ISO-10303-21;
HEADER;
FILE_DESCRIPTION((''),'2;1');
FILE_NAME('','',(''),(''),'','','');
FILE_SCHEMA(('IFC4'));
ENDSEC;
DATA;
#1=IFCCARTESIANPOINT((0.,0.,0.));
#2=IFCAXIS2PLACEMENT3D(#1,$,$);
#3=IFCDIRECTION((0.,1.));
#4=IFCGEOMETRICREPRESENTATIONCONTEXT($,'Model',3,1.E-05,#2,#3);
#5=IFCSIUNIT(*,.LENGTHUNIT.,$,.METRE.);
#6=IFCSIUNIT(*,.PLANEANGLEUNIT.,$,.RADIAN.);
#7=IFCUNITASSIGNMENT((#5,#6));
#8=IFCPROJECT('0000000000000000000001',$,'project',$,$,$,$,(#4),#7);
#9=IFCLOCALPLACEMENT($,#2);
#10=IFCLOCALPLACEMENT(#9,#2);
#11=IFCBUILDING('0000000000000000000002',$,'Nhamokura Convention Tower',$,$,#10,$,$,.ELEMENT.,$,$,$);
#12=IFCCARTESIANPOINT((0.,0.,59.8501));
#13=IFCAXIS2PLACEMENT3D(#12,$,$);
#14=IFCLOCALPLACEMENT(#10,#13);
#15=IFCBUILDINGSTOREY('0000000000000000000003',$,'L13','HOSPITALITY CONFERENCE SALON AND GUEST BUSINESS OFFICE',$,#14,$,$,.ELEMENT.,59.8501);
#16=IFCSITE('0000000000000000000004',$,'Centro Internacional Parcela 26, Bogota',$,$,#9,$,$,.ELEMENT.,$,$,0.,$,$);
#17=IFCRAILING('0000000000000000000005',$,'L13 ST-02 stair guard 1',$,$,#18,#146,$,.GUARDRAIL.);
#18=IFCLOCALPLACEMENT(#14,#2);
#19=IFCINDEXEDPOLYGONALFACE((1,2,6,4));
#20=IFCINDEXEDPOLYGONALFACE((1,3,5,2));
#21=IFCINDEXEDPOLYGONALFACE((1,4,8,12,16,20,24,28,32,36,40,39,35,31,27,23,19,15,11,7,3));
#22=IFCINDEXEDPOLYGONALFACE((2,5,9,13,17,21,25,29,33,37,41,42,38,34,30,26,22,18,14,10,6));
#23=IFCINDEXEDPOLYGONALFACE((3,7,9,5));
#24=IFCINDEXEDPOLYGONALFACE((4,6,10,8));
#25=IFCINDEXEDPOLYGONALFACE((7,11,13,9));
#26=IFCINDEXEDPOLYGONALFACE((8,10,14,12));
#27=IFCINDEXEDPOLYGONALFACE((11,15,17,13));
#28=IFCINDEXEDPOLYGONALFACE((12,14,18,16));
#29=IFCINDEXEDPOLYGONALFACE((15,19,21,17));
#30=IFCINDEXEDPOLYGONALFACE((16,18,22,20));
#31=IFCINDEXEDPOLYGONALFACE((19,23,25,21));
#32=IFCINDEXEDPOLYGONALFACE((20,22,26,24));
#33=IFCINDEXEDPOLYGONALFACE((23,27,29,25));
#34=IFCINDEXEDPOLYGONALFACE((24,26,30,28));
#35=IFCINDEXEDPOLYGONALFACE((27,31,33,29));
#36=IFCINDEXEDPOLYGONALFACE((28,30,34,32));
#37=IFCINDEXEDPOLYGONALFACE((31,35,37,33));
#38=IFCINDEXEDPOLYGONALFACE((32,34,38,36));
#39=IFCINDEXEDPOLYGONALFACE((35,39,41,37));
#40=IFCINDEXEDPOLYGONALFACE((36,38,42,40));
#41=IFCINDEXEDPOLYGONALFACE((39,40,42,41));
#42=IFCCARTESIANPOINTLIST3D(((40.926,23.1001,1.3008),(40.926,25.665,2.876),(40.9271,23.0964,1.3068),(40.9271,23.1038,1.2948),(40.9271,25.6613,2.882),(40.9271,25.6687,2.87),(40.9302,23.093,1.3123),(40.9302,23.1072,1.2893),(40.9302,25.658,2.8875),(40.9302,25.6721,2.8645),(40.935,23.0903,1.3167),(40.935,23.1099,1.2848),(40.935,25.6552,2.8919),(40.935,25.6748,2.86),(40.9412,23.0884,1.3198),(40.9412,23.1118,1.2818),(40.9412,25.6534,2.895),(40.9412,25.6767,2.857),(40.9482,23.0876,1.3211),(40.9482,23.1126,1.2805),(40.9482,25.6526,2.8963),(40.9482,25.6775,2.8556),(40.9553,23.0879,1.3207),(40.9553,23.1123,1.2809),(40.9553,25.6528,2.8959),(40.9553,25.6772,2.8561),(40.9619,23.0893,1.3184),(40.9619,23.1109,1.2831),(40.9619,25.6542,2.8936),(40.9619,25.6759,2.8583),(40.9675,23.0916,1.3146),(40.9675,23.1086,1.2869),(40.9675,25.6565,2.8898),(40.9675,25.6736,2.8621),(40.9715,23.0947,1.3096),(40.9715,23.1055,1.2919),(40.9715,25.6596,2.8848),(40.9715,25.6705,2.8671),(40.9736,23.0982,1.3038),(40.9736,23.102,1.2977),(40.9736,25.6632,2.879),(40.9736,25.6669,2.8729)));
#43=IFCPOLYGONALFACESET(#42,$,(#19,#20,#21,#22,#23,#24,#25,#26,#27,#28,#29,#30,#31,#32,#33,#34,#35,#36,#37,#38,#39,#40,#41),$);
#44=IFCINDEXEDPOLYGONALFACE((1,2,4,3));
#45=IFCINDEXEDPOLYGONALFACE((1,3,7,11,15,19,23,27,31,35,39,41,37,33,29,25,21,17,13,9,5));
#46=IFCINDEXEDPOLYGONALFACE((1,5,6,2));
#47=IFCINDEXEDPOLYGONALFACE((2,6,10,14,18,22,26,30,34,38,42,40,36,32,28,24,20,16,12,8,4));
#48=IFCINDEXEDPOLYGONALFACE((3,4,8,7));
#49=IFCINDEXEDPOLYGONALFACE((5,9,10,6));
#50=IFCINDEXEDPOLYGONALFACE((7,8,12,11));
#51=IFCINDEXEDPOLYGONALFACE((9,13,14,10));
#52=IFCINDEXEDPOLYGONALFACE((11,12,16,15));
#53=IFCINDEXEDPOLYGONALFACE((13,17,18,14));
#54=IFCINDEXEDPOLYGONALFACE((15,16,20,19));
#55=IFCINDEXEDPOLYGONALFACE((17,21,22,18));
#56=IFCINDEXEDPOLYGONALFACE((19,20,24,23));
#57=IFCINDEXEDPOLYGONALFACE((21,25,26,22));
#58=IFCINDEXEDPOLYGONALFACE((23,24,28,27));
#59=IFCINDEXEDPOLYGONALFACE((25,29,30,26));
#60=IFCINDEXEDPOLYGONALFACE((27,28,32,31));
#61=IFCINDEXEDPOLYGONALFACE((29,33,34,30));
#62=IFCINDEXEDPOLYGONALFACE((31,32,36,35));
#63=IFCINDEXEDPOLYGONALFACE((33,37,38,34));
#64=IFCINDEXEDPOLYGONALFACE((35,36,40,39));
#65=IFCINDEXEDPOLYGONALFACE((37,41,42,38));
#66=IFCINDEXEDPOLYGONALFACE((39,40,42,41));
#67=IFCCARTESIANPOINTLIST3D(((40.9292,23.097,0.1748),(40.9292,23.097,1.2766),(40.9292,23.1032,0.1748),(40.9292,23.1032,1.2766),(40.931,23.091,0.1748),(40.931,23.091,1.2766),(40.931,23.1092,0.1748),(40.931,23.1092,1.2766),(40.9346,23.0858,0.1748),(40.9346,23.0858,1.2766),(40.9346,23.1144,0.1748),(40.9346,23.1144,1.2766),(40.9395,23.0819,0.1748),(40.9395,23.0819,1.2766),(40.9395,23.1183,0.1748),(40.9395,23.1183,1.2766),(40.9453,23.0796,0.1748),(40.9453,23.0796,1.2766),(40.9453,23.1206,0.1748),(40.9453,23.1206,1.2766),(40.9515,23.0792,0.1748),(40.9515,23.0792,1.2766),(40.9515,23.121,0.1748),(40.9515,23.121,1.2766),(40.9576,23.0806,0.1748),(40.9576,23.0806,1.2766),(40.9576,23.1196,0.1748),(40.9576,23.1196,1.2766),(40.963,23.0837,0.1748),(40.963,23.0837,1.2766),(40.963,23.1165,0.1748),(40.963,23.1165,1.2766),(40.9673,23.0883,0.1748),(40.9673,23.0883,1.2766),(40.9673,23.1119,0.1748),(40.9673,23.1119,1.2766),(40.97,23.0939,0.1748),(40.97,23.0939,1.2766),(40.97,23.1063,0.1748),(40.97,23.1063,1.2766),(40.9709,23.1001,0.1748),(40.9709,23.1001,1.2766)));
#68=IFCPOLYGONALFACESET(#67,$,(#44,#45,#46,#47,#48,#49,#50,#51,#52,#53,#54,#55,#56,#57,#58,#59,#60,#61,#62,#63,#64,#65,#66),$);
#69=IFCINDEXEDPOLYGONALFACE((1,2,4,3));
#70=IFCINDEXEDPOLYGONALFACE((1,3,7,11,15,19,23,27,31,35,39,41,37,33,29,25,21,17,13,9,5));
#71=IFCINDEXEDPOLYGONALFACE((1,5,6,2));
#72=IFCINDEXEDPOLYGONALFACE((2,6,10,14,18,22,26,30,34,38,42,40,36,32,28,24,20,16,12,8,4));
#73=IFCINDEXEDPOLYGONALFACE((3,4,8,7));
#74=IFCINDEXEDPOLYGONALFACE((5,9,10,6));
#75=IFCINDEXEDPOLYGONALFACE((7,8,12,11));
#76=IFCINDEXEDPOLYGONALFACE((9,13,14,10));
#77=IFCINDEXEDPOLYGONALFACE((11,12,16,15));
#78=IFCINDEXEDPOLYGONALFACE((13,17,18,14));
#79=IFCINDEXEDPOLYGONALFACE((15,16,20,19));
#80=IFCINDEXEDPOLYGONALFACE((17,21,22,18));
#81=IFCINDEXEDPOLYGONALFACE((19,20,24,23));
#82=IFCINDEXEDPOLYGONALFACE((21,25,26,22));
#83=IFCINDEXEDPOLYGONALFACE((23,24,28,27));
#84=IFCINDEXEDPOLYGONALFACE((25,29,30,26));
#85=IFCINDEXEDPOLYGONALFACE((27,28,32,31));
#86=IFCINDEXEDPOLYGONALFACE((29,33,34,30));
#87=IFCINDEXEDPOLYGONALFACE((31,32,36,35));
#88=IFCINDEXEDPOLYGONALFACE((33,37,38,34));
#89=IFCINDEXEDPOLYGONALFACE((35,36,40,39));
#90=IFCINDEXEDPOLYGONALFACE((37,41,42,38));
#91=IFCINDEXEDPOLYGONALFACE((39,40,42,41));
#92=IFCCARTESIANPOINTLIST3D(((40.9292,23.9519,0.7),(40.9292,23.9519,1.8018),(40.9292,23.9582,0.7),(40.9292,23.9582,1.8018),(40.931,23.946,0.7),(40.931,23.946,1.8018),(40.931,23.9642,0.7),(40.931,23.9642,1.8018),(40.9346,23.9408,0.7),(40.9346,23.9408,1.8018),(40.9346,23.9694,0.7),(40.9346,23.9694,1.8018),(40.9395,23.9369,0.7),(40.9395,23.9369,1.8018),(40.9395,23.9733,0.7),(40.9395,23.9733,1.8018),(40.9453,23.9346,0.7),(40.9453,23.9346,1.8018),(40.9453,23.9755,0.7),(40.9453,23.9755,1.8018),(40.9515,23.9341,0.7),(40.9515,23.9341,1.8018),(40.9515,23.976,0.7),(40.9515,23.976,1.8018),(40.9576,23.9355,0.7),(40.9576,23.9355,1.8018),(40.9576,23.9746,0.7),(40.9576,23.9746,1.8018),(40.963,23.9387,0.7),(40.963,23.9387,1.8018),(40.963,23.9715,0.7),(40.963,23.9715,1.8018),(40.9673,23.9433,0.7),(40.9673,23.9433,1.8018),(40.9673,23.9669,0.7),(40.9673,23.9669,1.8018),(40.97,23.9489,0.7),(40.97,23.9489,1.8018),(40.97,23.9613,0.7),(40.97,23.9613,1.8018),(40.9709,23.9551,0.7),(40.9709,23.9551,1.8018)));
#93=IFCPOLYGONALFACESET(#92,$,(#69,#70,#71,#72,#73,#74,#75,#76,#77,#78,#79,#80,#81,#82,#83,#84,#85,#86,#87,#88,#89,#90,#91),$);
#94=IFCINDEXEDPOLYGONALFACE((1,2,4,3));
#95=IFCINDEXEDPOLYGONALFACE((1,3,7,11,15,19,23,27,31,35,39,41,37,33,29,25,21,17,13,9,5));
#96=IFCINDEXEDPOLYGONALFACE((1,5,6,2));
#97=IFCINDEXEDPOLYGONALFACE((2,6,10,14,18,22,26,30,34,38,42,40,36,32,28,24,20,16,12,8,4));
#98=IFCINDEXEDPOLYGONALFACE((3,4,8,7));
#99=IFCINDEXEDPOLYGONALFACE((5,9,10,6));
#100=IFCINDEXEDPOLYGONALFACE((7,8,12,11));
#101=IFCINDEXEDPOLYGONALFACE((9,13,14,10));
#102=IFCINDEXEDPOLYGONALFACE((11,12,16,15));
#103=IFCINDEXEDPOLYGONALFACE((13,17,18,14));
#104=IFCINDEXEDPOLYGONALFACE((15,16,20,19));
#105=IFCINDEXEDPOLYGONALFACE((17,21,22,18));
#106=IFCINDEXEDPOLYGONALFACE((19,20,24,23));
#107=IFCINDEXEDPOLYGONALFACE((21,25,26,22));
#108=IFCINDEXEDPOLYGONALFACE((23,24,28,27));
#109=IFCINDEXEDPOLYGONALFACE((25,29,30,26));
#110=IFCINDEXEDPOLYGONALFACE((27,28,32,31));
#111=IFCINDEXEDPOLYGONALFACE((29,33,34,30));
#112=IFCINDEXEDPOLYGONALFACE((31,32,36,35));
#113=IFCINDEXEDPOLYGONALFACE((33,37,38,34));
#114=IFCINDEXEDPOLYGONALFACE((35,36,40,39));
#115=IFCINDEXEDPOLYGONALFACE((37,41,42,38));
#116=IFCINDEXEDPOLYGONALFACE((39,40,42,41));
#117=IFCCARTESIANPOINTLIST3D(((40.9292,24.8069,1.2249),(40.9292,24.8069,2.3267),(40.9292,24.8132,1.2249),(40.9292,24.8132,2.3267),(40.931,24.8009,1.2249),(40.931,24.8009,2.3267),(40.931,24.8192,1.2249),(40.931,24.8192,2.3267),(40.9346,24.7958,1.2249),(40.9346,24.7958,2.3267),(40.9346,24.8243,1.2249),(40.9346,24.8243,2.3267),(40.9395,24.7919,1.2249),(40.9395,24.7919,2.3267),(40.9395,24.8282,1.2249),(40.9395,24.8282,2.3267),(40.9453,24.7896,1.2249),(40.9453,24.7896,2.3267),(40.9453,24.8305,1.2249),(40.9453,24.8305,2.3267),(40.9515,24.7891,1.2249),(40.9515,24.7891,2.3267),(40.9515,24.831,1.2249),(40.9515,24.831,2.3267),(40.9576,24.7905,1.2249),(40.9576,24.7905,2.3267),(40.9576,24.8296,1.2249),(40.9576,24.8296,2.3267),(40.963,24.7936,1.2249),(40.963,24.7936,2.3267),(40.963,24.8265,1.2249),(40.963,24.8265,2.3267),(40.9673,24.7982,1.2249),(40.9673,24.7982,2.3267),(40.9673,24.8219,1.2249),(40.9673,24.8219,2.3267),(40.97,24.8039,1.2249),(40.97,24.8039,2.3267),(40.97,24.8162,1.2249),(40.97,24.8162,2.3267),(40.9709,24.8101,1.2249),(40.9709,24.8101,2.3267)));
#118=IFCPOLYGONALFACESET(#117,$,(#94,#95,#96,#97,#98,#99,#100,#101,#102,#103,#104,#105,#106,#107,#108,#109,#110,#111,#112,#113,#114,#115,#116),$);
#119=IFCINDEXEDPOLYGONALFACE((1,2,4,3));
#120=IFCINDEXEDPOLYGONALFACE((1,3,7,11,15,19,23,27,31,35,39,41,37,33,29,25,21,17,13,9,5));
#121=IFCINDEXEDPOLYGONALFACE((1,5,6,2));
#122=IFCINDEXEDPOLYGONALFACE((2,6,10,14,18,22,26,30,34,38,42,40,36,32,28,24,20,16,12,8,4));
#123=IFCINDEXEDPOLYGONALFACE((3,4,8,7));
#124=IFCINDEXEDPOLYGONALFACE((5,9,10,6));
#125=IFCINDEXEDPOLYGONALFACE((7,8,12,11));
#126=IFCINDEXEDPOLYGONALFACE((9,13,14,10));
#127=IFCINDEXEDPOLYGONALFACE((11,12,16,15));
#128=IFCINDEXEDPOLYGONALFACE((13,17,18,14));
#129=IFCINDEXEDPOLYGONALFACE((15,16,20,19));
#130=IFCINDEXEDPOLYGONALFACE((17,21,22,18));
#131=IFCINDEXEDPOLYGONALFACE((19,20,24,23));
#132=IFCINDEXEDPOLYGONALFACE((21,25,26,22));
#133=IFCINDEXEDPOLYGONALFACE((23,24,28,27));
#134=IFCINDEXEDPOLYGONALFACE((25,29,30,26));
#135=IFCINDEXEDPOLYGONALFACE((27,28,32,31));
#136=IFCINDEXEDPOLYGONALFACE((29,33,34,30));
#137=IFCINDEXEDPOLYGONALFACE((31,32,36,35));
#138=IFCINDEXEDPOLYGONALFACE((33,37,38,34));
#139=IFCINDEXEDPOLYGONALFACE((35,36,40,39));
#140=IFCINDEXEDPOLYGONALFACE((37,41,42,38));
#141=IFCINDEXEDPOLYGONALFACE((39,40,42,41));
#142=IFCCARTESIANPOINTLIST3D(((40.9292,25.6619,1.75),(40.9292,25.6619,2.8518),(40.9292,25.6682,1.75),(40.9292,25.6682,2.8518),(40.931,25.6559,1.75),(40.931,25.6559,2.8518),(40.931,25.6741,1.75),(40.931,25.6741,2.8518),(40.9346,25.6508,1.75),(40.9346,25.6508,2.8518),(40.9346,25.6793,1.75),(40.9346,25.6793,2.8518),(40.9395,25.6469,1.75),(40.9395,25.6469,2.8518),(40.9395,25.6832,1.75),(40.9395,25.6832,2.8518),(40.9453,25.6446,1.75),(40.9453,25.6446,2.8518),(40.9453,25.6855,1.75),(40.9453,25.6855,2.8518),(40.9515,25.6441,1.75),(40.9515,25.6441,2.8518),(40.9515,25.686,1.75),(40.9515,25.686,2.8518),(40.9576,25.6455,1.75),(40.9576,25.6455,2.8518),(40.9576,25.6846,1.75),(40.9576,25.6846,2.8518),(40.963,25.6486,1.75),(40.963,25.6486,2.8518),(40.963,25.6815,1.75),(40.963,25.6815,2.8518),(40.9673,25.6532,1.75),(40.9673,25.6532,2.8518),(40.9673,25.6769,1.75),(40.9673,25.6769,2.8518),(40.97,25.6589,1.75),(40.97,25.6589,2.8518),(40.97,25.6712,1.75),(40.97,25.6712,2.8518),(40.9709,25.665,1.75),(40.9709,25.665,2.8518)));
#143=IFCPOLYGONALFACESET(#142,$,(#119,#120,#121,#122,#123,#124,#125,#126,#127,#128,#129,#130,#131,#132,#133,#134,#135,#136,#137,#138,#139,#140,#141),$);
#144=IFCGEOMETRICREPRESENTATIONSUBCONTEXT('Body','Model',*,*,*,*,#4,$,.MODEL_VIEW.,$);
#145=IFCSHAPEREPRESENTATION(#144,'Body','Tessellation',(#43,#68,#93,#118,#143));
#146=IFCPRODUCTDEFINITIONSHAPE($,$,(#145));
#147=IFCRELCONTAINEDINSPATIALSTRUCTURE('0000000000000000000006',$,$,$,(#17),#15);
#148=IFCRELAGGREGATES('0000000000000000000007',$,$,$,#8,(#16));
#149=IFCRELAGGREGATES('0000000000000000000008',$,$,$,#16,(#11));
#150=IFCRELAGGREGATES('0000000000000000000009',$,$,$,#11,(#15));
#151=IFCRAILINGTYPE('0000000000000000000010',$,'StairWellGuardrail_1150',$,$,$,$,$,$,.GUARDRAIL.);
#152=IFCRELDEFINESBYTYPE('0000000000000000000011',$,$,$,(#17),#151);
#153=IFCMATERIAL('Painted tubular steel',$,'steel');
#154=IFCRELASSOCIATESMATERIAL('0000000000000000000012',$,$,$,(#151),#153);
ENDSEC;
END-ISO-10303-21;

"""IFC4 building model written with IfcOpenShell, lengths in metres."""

from ifc_helpers import new_model, si_unit, direction, frame, origin, origin_2d, place, context, subcontext, project, spatial, circle, extrude, material, type_object, element, save


model = new_model("IFC4")

# Units and contexts
model_context = context("Model", 3, precision=1e-05, world=origin(), true_north=direction((0.0, 1.0)))
body_context = subcontext(model_context, "Body", "Model", "MODEL_VIEW")
ifc_project = project(units=[si_unit("LENGTHUNIT", "METRE"), si_unit("PLANEANGLEUNIT", "RADIAN")], contexts=[model_context])

# Site, building, storey
site_placement = place(None, origin())
site = spatial("IfcSite", under=ifc_project, at=site_placement, Name="Centro Internacional Parcela 26, Bogota", CompositionType="ELEMENT", RefElevation=0.0)
building_placement = place(site_placement, origin())
building = spatial("IfcBuilding", under=site, at=building_placement, Name="Nhamokura Convention Tower", CompositionType="ELEMENT")
storey_placement = place(building_placement, frame((0.0, 0.0, 59.8501)))
storey = spatial("IfcBuildingStorey", under=building, at=storey_placement, Name="L13", Description="HOSPITALITY CONFERENCE SALON AND GUEST BUSINESS OFFICE", CompositionType="ELEMENT", Elevation=59.8501)

# Railing
ifc_material_1 = material(Name="Painted tubular steel", Category="steel")
railing_type_1 = type_object("IfcRailingType", Name="StairWellGuardrail_1150", PredefinedType="GUARDRAIL", material=ifc_material_1)
railing_1_placement = place(storey_placement, frame((40.95, 23.1001, 0.1748)))
element("IfcRailing", 1, at=railing_1_placement, inside=storey, type_object=railing_type_1, Name="L13 ST-02 stair guard 1", PredefinedType="GUARDRAIL", context=body_context, shape_type="SweptSolid", body=[
    extrude(circle(Radius=0.0239, at=origin_2d()), frame((0.0, 0.0, 1.126), z_axis=(0.0, 0.852137, 0.523319), x_axis=(-1.0, 0.0, 0.0)), (0.0, 0.0, 1.0), 3.01),
    extrude(circle(Radius=0.021, at=origin_2d()), origin(), (0.0, 0.0, 1.0), 1.1018),
    extrude(circle(Radius=0.021, at=origin_2d()), frame((0.0, 0.855, 0.5251)), (0.0, 0.0, 1.0), 1.1018),
    extrude(circle(Radius=0.021, at=origin_2d()), frame((0.0, 1.71, 1.05)), (0.0, 0.0, 1.0), 1.1018),
    extrude(circle(Radius=0.021, at=origin_2d()), frame((0.0, 2.5649, 1.5752)), (0.0, 0.0, 1.0), 1.1018),
])

save(model, "model.ifc")
